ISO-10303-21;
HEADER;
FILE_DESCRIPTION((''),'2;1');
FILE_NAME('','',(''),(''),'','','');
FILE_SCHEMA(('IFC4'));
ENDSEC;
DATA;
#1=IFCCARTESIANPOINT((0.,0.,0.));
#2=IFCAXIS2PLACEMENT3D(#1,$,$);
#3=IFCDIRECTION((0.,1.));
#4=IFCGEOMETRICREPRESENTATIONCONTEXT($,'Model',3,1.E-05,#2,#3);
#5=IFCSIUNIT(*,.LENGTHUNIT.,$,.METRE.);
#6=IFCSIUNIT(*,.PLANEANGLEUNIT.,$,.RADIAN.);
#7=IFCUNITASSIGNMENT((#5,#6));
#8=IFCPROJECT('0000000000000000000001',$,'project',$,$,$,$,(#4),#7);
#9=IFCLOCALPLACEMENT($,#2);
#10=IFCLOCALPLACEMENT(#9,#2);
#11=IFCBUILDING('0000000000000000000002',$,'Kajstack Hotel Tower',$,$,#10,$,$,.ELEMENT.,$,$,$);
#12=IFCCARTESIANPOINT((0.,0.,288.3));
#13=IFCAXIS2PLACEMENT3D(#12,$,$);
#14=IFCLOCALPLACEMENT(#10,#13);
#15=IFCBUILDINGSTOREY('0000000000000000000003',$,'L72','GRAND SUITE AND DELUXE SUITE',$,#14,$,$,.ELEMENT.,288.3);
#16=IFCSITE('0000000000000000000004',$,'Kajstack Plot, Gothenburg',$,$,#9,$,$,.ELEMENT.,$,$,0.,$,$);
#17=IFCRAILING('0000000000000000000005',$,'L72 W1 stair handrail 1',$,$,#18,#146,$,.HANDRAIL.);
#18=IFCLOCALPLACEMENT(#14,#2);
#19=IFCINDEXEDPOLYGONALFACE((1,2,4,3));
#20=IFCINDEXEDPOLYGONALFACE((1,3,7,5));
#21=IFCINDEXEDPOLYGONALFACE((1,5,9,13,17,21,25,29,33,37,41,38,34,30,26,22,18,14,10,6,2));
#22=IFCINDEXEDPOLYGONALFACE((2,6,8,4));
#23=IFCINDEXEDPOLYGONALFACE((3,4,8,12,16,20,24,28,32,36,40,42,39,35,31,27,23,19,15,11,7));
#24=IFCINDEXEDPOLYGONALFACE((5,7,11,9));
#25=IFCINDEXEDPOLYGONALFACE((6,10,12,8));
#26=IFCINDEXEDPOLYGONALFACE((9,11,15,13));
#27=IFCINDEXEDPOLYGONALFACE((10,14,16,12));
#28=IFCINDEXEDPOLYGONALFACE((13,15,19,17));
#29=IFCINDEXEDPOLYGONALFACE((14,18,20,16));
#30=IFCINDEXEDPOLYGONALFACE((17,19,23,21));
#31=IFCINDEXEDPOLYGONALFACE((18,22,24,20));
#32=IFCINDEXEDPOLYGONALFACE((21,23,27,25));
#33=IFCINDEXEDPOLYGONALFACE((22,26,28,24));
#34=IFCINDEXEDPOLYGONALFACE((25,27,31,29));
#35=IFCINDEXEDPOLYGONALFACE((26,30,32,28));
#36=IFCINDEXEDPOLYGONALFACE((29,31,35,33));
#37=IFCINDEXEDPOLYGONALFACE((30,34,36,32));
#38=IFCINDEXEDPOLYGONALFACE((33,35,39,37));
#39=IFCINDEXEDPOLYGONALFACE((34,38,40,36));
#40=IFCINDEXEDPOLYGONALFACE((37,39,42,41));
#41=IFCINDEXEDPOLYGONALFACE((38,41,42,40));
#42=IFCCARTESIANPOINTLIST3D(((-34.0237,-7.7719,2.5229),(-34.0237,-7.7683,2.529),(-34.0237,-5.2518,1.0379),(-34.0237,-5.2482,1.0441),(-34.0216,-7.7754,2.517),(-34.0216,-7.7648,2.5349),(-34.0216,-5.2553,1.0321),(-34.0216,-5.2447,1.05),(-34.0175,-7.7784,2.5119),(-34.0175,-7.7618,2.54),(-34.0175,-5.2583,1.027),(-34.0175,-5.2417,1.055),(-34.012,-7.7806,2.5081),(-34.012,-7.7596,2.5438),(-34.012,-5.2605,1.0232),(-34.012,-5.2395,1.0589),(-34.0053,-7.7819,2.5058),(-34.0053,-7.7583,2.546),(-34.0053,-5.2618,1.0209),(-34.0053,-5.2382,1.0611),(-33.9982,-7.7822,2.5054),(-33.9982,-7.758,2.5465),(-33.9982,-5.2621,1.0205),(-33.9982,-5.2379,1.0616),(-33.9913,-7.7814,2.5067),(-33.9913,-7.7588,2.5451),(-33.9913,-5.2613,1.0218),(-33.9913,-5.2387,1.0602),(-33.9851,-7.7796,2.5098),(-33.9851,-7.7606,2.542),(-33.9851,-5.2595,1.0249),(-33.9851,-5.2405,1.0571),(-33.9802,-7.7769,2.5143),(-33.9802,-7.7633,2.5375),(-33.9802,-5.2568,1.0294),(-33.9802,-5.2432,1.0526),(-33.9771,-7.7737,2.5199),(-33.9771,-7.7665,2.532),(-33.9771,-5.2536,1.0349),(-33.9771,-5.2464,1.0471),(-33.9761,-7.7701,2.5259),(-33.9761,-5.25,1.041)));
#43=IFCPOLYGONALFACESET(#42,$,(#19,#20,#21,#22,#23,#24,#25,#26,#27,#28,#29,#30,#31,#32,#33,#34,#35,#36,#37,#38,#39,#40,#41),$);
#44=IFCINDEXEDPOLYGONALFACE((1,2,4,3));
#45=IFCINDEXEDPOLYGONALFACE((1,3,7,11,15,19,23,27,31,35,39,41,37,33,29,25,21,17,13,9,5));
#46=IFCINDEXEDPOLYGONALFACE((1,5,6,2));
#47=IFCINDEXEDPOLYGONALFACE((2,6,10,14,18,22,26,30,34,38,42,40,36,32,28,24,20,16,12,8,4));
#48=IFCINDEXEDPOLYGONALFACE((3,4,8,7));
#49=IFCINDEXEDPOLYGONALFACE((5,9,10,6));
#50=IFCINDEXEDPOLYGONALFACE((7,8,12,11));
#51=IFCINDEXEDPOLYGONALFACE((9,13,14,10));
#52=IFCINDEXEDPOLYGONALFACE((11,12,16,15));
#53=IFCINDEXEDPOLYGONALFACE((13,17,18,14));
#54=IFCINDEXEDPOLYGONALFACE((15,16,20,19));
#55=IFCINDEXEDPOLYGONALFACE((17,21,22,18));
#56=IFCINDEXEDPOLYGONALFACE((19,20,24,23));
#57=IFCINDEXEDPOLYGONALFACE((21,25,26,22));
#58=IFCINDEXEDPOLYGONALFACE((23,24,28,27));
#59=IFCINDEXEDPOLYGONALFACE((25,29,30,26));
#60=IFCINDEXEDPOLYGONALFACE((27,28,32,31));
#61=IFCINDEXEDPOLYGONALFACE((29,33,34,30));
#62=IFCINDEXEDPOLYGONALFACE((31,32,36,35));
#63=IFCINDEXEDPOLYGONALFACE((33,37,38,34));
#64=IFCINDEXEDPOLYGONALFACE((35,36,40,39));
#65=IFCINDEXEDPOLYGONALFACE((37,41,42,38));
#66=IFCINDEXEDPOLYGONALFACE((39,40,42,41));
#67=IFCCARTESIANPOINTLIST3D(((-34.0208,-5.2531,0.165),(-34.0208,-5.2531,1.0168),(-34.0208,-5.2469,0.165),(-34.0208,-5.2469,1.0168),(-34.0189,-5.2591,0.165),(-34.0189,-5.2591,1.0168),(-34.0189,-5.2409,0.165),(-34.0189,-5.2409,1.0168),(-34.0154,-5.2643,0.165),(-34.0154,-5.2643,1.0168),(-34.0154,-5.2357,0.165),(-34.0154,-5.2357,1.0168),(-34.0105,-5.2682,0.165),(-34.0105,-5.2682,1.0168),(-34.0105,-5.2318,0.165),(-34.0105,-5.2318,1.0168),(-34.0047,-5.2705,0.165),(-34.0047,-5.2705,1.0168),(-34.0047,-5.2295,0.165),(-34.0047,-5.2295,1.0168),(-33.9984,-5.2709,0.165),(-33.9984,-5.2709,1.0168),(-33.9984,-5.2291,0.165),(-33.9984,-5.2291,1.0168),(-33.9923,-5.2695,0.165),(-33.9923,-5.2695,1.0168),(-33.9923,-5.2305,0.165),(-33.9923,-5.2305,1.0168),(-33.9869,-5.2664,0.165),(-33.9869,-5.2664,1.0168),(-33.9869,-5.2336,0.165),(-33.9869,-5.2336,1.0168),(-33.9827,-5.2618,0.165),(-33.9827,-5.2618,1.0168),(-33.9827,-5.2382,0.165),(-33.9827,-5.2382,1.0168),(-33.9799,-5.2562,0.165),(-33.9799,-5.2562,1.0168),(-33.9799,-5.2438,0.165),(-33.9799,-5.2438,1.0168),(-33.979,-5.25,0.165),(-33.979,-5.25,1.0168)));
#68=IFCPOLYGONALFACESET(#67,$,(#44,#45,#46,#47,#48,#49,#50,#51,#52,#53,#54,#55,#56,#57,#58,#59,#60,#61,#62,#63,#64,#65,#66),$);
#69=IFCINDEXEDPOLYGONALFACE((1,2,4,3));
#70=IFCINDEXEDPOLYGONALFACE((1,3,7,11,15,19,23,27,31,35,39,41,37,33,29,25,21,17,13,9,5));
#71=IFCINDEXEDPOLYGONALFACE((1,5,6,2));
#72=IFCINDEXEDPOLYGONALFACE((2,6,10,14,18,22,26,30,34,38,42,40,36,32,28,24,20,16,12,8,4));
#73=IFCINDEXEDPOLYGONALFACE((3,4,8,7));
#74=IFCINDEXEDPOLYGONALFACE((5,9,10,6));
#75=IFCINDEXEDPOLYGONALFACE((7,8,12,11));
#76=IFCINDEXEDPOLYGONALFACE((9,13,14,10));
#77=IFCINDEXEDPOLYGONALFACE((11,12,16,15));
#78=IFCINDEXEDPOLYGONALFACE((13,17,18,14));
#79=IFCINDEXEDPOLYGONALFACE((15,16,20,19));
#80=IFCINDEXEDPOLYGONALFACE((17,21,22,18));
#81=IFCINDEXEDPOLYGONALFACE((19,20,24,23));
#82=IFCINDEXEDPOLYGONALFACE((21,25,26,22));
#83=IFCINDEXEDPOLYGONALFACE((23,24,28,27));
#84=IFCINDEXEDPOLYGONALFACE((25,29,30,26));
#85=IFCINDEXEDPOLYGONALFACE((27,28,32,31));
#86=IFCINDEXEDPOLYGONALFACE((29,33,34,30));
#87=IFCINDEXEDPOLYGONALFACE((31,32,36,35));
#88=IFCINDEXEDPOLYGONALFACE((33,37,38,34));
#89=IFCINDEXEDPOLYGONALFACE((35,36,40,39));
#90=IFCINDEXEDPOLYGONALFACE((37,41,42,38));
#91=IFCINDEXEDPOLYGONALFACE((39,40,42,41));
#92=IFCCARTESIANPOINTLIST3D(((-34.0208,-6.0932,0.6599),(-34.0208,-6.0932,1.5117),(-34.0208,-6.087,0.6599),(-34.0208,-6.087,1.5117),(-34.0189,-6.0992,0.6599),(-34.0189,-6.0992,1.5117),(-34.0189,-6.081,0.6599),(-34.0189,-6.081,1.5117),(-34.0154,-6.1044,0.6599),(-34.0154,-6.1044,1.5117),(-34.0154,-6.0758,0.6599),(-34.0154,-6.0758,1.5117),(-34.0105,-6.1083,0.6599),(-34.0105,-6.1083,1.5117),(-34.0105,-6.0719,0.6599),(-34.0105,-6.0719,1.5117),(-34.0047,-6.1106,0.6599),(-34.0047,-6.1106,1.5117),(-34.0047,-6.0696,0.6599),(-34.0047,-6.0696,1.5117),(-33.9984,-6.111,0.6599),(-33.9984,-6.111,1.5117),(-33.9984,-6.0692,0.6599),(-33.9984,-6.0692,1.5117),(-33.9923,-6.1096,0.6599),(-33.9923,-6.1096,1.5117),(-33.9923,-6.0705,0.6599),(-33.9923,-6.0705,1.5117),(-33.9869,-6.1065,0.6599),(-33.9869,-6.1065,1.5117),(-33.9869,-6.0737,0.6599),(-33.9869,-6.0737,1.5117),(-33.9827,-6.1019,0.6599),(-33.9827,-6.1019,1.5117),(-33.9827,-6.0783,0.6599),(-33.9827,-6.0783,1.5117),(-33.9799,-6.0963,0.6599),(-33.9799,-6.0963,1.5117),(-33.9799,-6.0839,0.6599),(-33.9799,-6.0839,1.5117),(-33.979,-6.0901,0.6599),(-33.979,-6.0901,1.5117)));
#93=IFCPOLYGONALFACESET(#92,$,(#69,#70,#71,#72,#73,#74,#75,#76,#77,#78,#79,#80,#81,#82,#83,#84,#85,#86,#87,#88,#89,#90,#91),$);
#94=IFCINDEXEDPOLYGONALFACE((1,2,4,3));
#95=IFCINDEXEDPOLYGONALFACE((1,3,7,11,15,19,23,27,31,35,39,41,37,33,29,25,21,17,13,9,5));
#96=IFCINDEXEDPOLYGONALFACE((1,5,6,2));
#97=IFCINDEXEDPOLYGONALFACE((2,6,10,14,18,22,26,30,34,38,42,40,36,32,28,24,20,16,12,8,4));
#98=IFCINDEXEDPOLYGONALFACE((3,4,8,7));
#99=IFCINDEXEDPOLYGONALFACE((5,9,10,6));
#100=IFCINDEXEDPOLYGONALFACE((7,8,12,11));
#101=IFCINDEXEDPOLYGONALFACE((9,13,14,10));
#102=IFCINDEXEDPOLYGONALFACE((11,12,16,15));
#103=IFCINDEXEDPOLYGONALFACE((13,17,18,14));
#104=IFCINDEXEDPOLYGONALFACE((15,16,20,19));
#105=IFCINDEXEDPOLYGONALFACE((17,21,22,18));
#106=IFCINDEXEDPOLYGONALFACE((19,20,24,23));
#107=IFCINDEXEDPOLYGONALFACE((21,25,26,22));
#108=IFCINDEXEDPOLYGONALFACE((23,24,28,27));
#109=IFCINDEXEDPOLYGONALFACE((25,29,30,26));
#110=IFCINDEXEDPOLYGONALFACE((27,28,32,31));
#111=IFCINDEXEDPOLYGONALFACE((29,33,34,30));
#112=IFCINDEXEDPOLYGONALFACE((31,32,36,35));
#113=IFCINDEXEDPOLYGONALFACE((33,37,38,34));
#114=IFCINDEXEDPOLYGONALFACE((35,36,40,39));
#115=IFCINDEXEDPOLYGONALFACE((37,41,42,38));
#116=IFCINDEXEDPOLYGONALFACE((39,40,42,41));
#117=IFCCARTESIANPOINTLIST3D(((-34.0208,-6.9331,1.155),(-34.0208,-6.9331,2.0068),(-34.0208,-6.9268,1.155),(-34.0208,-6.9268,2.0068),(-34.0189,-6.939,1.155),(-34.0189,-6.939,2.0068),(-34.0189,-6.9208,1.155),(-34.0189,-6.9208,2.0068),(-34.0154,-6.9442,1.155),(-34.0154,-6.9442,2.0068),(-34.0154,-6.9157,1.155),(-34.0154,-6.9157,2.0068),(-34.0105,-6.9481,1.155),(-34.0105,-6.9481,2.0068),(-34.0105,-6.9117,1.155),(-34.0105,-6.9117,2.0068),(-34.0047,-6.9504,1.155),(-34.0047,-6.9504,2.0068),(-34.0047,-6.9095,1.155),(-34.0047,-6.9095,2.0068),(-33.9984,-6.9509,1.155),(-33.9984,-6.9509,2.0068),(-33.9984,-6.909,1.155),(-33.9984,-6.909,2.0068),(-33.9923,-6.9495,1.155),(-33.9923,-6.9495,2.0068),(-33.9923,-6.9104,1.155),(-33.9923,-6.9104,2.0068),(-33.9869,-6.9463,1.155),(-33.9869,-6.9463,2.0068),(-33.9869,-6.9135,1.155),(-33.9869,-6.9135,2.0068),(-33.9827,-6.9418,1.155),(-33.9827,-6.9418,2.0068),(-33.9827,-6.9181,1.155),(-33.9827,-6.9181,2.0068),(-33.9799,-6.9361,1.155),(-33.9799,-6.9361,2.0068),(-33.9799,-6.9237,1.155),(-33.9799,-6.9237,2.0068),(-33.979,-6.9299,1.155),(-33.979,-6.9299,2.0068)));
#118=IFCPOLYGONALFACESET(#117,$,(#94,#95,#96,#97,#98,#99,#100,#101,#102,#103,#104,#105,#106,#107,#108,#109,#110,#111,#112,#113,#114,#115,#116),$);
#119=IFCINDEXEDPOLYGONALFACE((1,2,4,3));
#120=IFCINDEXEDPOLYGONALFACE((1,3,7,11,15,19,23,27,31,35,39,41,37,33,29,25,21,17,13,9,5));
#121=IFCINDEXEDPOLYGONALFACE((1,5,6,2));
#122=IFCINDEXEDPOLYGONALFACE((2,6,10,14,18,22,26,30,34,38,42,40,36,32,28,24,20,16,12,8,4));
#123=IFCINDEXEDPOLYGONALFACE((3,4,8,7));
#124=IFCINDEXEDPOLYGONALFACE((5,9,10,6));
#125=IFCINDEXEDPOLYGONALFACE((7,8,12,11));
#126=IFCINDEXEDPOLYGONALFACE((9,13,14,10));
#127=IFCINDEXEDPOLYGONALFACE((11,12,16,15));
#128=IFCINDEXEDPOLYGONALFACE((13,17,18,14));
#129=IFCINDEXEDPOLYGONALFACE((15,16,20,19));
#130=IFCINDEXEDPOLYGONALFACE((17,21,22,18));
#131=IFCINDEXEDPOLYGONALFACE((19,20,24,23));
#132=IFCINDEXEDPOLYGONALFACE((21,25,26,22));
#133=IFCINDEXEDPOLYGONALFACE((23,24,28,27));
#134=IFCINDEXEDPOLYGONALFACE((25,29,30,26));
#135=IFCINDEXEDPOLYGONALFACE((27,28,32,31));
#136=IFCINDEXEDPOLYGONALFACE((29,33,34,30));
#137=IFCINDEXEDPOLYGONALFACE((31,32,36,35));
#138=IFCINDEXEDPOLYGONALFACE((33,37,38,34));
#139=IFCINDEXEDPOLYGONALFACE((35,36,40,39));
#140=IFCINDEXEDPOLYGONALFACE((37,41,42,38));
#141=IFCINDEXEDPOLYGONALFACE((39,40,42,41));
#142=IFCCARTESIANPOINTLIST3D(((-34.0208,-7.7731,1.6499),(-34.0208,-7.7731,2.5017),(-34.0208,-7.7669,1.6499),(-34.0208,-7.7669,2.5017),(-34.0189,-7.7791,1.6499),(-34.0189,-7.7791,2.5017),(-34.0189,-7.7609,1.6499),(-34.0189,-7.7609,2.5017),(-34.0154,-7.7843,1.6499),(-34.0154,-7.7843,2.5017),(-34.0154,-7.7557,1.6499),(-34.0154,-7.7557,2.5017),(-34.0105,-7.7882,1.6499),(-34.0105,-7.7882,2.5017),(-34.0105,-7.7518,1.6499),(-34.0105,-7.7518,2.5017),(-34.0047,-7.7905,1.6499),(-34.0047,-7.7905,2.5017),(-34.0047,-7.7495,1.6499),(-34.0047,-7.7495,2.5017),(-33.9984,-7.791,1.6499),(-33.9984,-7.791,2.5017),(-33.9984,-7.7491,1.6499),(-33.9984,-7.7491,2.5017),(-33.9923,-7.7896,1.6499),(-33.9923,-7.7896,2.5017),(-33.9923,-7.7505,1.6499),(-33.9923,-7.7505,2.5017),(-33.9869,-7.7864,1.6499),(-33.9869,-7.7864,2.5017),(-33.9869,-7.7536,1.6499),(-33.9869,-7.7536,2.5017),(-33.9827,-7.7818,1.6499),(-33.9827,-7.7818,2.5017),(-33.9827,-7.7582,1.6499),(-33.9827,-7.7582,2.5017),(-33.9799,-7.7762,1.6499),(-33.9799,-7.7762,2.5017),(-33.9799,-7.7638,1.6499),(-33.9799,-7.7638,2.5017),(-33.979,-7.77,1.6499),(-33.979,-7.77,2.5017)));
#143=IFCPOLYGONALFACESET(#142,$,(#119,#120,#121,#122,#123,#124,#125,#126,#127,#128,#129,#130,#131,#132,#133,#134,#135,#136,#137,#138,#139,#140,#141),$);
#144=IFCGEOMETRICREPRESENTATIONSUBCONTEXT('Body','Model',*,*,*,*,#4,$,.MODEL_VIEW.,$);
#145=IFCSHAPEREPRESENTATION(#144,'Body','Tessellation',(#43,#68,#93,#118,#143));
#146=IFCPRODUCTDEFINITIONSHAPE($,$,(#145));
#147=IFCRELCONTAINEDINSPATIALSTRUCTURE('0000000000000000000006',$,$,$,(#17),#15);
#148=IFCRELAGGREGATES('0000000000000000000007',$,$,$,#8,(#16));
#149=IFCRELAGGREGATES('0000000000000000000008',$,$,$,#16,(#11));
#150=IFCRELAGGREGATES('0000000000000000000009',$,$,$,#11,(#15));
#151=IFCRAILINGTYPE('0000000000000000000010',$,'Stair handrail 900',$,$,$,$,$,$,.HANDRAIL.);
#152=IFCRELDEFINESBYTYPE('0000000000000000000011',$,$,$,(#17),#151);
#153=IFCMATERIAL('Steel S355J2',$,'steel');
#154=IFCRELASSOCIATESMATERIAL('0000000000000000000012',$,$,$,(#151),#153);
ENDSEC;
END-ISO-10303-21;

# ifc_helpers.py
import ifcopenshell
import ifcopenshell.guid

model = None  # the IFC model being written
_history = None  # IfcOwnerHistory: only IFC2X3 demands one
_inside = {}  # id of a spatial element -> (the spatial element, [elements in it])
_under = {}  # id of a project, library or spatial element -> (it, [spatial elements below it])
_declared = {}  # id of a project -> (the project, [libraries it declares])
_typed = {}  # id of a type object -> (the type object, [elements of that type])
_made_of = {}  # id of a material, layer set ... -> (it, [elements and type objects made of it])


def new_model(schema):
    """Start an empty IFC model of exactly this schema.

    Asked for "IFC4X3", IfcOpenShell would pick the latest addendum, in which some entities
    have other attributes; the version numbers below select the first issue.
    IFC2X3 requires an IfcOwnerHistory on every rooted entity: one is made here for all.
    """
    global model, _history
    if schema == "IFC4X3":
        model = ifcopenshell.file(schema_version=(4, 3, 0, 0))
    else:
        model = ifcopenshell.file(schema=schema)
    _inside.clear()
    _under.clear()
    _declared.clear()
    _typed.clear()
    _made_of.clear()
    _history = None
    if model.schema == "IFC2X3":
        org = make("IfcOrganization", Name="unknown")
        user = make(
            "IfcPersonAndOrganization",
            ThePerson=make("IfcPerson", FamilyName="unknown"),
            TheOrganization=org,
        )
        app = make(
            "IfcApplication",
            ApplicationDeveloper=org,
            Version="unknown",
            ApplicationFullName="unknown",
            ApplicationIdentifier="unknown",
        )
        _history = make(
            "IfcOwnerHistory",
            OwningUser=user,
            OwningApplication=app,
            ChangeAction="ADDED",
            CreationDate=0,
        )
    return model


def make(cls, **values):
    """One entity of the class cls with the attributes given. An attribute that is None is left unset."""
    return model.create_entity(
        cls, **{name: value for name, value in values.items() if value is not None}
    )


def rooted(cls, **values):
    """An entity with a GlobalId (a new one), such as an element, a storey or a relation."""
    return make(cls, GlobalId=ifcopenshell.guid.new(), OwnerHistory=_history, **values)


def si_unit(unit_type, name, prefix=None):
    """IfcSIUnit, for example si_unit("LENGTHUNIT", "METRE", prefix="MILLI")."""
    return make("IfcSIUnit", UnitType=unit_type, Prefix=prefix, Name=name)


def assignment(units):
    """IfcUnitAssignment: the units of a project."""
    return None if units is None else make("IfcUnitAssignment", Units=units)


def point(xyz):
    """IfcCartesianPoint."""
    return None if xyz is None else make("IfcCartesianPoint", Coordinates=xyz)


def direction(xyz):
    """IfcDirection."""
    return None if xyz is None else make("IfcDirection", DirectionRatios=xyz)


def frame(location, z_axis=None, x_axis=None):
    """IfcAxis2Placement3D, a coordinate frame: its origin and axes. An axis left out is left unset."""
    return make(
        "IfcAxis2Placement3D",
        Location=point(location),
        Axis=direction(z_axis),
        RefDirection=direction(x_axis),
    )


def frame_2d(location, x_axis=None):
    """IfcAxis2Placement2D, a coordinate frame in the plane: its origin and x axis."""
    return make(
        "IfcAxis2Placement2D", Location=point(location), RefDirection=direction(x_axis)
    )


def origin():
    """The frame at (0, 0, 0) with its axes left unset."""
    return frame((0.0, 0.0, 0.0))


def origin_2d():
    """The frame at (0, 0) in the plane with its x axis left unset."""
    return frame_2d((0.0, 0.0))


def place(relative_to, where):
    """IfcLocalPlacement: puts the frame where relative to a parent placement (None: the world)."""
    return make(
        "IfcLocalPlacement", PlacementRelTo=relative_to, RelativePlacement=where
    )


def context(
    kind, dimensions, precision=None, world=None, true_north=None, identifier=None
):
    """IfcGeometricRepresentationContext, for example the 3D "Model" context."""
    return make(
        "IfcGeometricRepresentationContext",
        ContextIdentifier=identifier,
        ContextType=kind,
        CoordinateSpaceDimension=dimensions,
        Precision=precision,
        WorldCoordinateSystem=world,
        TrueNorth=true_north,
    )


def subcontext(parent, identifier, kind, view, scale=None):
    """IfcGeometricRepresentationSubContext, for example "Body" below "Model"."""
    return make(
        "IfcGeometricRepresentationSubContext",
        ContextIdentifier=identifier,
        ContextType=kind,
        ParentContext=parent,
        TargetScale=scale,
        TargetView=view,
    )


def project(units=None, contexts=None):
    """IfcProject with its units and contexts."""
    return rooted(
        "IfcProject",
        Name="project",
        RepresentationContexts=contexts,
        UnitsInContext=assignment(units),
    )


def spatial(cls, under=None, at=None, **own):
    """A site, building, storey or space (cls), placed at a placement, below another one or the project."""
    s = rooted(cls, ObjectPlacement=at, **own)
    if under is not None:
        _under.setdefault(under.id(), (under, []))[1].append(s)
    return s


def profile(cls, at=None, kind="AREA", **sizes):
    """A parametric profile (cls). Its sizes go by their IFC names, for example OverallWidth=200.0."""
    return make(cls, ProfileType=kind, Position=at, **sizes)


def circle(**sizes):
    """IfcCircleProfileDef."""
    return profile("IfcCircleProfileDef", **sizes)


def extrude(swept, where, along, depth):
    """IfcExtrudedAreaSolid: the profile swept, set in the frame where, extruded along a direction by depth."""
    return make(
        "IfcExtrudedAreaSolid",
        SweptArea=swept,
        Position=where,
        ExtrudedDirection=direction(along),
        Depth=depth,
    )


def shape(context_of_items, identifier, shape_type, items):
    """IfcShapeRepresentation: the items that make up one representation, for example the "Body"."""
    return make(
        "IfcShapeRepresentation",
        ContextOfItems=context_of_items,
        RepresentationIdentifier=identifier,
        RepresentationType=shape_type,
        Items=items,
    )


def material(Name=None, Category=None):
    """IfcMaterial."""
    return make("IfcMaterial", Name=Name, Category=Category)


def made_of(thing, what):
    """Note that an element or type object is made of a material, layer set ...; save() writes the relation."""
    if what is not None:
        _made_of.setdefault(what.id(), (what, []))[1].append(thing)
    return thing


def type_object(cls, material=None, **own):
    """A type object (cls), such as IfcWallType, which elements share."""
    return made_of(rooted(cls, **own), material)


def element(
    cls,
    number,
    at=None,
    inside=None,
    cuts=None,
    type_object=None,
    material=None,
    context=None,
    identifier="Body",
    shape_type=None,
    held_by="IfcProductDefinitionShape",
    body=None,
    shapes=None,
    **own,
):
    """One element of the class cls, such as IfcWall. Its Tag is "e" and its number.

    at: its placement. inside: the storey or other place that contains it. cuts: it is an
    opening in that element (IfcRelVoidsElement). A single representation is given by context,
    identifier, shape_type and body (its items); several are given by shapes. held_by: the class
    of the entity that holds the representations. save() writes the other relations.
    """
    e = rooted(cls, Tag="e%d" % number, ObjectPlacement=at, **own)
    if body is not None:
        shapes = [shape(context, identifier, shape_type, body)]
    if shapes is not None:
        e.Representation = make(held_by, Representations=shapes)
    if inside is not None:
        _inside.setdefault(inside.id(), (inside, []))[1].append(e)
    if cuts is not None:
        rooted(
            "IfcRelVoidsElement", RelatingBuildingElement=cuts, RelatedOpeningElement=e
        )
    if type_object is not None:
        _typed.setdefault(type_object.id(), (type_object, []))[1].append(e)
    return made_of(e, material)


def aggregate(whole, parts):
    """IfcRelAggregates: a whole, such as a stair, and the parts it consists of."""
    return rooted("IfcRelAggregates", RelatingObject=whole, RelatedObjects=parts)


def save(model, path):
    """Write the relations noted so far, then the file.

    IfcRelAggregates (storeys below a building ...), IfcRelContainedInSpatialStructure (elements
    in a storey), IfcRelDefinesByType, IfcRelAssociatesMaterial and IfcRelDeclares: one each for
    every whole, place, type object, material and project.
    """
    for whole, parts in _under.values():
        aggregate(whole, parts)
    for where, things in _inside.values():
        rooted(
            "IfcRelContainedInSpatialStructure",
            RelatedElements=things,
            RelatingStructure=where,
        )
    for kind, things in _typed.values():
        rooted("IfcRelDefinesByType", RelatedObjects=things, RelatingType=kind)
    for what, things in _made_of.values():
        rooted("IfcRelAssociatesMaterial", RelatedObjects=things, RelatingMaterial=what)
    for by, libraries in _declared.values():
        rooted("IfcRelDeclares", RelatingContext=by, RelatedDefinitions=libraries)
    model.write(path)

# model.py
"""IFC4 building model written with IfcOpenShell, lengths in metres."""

from ifc_helpers import new_model, si_unit, direction, frame, origin, origin_2d, place, context, subcontext, project, spatial, circle, extrude, material, type_object, element, save


model = new_model("IFC4")

# Units and contexts
model_context = context("Model", 3, precision=1e-05, world=origin(), true_north=direction((0.0, 1.0)))
body_context = subcontext(model_context, "Body", "Model", "MODEL_VIEW")
ifc_project = project(units=[si_unit("LENGTHUNIT", "METRE"), si_unit("PLANEANGLEUNIT", "RADIAN")], contexts=[model_context])

# Site, building, storey
site_placement = place(None, origin())
site = spatial("IfcSite", under=ifc_project, at=site_placement, Name="Kajstack Plot, Gothenburg", CompositionType="ELEMENT", RefElevation=0.0)
building_placement = place(site_placement, origin())
building = spatial("IfcBuilding", under=site, at=building_placement, Name="Kajstack Hotel Tower", CompositionType="ELEMENT")
storey_placement = place(building_placement, frame((0.0, 0.0, 288.3)))
storey = spatial("IfcBuildingStorey", under=building, at=storey_placement, Name="L72", Description="GRAND SUITE AND DELUXE SUITE", CompositionType="ELEMENT", Elevation=288.3)

# Railing
ifc_material_1 = material(Name="Steel S355J2", Category="steel")
railing_type_1 = type_object("IfcRailingType", Name="Stair handrail 900", PredefinedType="HANDRAIL", material=ifc_material_1)
railing_1_placement = place(storey_placement, frame((-34.0, -5.25, 0.165)))
element("IfcRailing", 1, at=railing_1_placement, inside=storey, type_object=railing_type_1, Name="L72 W1 stair handrail 1", PredefinedType="HANDRAIL", context=body_context, shape_type="SweptSolid", body=[
    extrude(circle(Radius=0.0239, at=origin_2d()), frame((0.0, 0.0, 0.876), z_axis=(0.0, -0.861561, 0.507655), x_axis=(1.0, 0.0, 0.0)), (0.0, 0.0, 1.0), 2.925),
    extrude(circle(Radius=0.021, at=origin_2d()), origin(), (0.0, 0.0, 1.0), 0.8518),
    extrude(circle(Radius=0.021, at=origin_2d()), frame((0.0, -0.8401, 0.4949)), (0.0, 0.0, 1.0), 0.8518),
    extrude(circle(Radius=0.021, at=origin_2d()), frame((0.0, -1.6799, 0.99)), (0.0, 0.0, 1.0), 0.8518),
    extrude(circle(Radius=0.021, at=origin_2d()), frame((0.0, -2.52, 1.4849)), (0.0, 0.0, 1.0), 0.8518),
])

save(model, "model.ifc")
